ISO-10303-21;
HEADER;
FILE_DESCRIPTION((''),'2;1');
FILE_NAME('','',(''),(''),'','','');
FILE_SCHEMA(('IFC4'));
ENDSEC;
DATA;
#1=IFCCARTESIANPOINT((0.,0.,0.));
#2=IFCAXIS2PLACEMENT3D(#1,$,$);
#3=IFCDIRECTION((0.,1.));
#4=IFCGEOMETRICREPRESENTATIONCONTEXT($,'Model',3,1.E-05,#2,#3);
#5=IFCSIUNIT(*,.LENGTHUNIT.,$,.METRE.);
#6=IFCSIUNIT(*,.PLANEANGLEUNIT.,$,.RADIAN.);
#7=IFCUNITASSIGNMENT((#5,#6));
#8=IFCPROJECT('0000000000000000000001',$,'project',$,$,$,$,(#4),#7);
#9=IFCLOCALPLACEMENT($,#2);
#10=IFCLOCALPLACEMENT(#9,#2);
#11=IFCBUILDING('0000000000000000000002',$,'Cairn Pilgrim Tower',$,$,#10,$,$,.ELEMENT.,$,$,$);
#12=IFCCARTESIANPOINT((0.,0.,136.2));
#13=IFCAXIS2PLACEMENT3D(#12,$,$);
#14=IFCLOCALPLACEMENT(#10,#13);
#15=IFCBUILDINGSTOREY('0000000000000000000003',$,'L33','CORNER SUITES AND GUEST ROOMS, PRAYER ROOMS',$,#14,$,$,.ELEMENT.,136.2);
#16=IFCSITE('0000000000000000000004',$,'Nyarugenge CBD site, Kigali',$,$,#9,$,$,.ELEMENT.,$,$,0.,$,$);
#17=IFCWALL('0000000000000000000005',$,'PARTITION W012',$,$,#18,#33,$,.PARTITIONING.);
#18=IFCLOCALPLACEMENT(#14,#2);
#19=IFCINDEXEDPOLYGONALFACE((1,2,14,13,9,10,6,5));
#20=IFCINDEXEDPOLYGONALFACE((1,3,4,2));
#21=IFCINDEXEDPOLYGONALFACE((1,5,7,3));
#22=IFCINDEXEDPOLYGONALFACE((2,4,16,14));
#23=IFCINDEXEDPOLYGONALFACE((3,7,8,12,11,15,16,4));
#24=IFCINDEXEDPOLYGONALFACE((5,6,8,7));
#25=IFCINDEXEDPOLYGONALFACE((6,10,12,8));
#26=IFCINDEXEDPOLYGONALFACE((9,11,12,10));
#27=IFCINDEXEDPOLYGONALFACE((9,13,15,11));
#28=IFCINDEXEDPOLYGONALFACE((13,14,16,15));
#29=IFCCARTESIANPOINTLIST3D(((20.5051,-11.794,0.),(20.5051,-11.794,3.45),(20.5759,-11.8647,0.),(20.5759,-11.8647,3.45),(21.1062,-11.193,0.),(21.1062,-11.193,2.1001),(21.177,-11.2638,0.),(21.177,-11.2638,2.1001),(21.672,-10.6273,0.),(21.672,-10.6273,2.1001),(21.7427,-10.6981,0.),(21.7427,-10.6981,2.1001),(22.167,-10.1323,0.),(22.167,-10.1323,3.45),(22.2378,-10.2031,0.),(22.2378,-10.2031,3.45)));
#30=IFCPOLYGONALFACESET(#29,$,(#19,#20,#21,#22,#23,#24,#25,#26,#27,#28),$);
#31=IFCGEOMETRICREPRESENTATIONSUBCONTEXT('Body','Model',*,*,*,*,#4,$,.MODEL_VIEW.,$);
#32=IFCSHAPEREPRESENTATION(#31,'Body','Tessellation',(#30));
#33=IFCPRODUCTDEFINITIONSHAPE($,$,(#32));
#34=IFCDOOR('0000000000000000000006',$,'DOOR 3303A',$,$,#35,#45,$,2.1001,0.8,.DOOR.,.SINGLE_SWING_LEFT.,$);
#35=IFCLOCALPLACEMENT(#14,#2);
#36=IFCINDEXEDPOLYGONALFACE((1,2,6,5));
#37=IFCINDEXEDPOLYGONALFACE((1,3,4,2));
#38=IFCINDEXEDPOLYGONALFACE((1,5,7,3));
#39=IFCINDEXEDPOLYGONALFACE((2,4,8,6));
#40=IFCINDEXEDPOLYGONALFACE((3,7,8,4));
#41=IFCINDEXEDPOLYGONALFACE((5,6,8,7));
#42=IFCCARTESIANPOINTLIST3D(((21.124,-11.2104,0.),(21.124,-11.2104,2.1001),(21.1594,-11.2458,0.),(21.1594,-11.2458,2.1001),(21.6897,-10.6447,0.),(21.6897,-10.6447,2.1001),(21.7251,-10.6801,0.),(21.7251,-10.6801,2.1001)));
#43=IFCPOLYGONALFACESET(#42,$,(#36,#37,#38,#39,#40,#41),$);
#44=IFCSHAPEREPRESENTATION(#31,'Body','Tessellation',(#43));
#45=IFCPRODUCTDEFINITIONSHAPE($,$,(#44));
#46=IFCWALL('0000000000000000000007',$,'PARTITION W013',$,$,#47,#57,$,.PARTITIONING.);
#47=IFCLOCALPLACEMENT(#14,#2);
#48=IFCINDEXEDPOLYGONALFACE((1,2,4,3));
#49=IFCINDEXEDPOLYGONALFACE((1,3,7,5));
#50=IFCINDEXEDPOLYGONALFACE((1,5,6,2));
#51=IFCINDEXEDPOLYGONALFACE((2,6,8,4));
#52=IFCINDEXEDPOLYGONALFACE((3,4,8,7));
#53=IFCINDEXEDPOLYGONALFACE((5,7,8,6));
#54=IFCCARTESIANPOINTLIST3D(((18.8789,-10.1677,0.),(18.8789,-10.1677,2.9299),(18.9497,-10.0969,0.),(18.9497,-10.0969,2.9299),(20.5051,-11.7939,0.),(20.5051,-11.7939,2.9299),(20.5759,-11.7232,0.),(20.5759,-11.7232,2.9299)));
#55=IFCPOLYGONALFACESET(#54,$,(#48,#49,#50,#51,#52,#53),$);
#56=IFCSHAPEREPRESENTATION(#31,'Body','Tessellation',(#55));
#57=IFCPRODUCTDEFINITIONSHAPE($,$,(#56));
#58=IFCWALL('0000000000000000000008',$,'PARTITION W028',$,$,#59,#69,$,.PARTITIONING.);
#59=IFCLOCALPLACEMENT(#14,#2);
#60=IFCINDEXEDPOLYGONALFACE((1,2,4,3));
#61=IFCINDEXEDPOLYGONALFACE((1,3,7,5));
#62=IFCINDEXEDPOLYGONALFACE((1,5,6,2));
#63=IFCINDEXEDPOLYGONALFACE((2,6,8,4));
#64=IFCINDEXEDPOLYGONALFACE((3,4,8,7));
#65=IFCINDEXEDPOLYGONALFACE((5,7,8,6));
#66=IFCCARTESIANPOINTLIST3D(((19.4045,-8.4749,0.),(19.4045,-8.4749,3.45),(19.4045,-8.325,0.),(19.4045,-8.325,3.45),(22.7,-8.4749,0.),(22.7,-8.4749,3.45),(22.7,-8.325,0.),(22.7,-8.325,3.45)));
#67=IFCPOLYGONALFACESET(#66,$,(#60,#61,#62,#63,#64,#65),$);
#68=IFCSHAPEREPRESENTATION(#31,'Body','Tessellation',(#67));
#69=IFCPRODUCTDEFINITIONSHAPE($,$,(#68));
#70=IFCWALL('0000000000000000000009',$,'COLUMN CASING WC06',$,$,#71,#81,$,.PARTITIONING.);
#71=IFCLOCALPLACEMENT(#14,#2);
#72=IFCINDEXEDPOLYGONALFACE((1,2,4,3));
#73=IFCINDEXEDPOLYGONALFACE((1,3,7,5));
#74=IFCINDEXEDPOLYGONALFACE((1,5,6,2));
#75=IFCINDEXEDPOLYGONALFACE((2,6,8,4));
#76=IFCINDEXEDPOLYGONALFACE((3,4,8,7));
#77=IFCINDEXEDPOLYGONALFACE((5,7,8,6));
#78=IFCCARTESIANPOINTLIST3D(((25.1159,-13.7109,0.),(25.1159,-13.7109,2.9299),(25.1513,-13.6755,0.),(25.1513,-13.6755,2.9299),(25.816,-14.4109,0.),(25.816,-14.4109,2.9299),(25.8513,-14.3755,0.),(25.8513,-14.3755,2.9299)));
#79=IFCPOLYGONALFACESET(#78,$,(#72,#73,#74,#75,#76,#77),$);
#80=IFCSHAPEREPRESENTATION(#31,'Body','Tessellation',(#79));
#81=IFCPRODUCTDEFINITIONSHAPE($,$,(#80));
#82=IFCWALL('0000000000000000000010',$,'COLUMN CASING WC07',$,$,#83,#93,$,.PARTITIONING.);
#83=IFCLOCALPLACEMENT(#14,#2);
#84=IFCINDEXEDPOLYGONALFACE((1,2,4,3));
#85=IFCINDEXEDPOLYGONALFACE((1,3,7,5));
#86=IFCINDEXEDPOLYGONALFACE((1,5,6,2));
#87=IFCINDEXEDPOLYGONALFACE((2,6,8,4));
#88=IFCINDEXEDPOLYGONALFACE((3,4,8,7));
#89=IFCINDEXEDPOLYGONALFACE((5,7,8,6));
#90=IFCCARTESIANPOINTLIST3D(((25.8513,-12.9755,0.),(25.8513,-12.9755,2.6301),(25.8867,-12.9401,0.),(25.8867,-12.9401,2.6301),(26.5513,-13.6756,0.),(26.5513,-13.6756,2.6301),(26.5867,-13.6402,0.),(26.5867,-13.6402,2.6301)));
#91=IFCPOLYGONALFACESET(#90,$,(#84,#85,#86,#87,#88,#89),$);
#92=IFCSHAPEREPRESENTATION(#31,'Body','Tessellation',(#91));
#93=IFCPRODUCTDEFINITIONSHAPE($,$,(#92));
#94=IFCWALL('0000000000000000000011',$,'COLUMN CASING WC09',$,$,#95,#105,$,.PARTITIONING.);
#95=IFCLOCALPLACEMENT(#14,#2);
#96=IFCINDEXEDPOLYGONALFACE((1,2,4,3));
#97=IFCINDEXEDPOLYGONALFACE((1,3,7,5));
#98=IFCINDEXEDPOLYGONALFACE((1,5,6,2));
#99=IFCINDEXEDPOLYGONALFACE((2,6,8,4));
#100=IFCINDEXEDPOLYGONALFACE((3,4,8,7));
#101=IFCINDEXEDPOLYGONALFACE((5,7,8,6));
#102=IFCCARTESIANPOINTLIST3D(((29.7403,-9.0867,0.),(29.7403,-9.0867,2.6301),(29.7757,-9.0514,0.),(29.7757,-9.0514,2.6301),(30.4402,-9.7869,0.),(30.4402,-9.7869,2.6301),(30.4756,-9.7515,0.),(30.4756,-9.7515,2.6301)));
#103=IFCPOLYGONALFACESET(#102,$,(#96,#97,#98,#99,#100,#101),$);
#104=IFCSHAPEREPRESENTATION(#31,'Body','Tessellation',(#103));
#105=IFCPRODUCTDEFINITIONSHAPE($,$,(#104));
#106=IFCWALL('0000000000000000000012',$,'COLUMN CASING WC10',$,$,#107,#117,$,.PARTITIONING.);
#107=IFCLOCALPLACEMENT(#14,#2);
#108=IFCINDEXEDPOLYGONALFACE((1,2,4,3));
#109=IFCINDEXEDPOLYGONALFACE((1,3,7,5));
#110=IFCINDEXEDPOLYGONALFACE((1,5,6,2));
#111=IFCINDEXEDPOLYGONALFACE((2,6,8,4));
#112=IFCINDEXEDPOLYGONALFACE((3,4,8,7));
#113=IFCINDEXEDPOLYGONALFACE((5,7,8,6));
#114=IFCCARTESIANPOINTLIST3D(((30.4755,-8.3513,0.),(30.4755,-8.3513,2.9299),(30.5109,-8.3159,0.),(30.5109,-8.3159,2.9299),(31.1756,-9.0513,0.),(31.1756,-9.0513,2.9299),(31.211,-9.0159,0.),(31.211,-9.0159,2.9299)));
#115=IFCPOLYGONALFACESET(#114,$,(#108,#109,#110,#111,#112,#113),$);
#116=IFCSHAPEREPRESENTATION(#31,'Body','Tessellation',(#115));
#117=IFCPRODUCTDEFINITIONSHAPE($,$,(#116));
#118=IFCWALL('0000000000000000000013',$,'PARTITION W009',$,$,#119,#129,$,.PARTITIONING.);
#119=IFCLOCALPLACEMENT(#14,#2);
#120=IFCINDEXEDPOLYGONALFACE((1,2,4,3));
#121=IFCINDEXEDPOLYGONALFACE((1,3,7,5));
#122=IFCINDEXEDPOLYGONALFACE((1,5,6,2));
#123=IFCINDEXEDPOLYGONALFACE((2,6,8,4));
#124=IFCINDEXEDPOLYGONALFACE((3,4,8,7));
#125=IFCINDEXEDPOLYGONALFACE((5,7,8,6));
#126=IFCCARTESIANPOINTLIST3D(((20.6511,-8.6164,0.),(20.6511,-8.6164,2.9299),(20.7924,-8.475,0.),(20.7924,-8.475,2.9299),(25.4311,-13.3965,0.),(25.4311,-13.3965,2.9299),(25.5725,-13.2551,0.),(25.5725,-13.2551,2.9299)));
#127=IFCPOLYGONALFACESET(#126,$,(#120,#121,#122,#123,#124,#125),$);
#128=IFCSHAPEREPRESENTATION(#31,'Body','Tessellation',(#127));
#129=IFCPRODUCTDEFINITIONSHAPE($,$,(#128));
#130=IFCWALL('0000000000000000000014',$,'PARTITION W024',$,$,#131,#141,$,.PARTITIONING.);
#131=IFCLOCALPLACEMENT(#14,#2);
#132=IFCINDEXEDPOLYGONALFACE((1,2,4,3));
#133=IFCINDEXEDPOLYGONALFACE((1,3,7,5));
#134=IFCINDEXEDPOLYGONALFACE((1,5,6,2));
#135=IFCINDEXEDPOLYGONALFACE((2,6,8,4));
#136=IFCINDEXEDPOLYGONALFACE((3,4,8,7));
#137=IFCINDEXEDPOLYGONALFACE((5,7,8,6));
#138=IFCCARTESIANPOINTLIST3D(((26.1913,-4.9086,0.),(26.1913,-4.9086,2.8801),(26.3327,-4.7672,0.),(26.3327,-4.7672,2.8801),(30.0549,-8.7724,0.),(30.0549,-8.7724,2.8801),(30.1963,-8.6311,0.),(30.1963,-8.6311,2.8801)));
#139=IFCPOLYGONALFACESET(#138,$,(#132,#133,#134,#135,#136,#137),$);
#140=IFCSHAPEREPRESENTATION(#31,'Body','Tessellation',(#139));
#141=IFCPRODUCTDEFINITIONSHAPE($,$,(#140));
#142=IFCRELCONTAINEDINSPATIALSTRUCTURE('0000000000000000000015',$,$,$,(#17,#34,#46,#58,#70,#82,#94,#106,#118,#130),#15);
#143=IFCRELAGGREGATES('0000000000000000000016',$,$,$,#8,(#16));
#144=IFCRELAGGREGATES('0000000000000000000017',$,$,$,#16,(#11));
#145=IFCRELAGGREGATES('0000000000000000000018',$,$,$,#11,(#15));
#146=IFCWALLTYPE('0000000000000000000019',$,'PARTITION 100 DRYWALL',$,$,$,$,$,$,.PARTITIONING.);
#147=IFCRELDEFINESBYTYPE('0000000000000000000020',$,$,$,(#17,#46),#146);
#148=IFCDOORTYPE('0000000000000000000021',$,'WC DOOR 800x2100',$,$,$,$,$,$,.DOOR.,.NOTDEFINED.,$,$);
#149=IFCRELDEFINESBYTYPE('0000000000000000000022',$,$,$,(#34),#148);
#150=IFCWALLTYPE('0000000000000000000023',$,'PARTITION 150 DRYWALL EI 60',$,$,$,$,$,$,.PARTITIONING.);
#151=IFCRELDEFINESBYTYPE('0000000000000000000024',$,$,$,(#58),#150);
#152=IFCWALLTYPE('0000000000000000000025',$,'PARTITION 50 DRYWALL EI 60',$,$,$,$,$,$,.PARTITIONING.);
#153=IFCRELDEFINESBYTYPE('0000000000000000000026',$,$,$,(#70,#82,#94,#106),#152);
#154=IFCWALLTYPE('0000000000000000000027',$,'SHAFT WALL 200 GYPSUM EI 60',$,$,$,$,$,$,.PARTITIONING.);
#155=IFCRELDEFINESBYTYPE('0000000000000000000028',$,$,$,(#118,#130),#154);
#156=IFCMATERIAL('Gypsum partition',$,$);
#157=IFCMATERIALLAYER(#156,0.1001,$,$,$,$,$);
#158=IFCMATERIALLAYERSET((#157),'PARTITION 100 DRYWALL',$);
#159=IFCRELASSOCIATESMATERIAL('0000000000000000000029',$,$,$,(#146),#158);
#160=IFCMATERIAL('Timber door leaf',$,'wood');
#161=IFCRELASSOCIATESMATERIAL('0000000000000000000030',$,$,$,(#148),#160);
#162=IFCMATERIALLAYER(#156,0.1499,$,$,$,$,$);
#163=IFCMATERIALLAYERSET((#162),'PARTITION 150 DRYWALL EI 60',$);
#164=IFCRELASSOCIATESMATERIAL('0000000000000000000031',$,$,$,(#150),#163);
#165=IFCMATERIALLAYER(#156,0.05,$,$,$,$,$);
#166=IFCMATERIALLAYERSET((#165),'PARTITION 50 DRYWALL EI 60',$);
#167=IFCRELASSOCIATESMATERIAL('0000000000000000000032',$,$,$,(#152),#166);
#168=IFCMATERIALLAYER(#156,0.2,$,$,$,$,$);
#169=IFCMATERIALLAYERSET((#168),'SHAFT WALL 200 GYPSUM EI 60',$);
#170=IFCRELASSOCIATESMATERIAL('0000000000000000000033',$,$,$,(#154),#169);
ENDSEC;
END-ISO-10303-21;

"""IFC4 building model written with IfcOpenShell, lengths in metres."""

from ifc_helpers import new_model, si_unit, direction, frame, frame_2d, origin, place, context, subcontext, project, spatial, rectangle, extrude, material, layer, layer_set, type_object, element, fill, save


model = new_model("IFC4")

# Units and contexts
model_context = context("Model", 3, precision=1e-05, world=origin(), true_north=direction((0.0, 1.0)))
body_context = subcontext(model_context, "Body", "Model", "MODEL_VIEW")
ifc_project = project(units=[si_unit("LENGTHUNIT", "METRE"), si_unit("PLANEANGLEUNIT", "RADIAN")], contexts=[model_context])

# Site, building, storey
site_placement = place(None, origin())
site = spatial("IfcSite", under=ifc_project, at=site_placement, Name="Nyarugenge CBD site, Kigali", CompositionType="ELEMENT", RefElevation=0.0)
building_placement = place(site_placement, origin())
building = spatial("IfcBuilding", under=site, at=building_placement, Name="Cairn Pilgrim Tower", CompositionType="ELEMENT")
storey_placement = place(building_placement, frame((0.0, 0.0, 136.2)))
storey = spatial("IfcBuildingStorey", under=building, at=storey_placement, Name="L33", Description="CORNER SUITES AND GUEST ROOMS, PRAYER ROOMS", CompositionType="ELEMENT", Elevation=136.2)

# Wall, opening, door
ifc_material_1 = material(Name="Gypsum partition")
ifc_layer_1 = layer(ifc_material_1, 0.1001)
ifc_layer_set_1 = layer_set([ifc_layer_1], Name="PARTITION 100 DRYWALL")
wall_type_1 = type_object("IfcWallType", Name="PARTITION 100 DRYWALL", PredefinedType="PARTITIONING", material=ifc_layer_set_1)
wall_1_placement = place(storey_placement, frame((20.5405, -11.8293, 0.0), z_axis=(0.0, 0.0, 1.0), x_axis=(0.707159, 0.707055, 0.0)))
wall_1 = element("IfcWall", 1, at=wall_1_placement, inside=storey, type_object=wall_type_1, Name="PARTITION W012", PredefinedType="PARTITIONING", context=body_context, shape_type="SweptSolid", body=[
    extrude(rectangle(XDim=2.3501, YDim=0.1001, at=frame_2d((1.175, 0.0))), origin(), (0.0, 0.0, 1.0), 3.45),
])
opening_1_placement = place(wall_1_placement, frame((0.8501, 0.0, 0.0)))
opening_1 = element("IfcOpeningElement", 2, at=opening_1_placement, cuts=wall_1, PredefinedType="OPENING", context=body_context, shape_type="SweptSolid", body=[
    extrude(rectangle(XDim=0.8, YDim=2.1001, at=frame_2d((0.3999, 1.05))), frame((0.0, 0.0601, 0.0), z_axis=(0.0, -1.0, 0.0), x_axis=(1.0, 0.0, 0.0)), (0.0, 0.0, 1.0), 0.1201),
])
ifc_material_2 = material(Name="Timber door leaf", Category="wood")
door_type_1 = type_object("IfcDoorType", Name="WC DOOR 800x2100", OperationType="NOTDEFINED", PredefinedType="DOOR", material=ifc_material_2)
door_1_placement = place(opening_1_placement, frame((0.8, 0.0, 0.0), z_axis=(0.0, 0.0, 1.0), x_axis=(-1.0, 0.0, 0.0)))
door_1 = element("IfcDoor", 3, at=door_1_placement, inside=storey, type_object=door_type_1, Name="DOOR 3303A", OperationType="SINGLE_SWING_LEFT", OverallHeight=2.1001, OverallWidth=0.8, PredefinedType="DOOR", context=body_context, shape_type="SweptSolid", body=[
    extrude(rectangle(XDim=0.8, YDim=2.1001, at=frame_2d((0.3999, 1.05))), frame((0.0, 0.0249, 0.0), z_axis=(0.0, -1.0, 0.0), x_axis=(1.0, 0.0, 0.0)), (0.0, 0.0, 1.0), 0.05),
])
fill(opening_1, door_1)

# Walls
wall_2_placement = place(storey_placement, frame((20.5405, -11.7585, 0.0), z_axis=(0.0, 0.0, 1.0), x_axis=(-0.707107, 0.707107, 0.0)))
element("IfcWall", 4, at=wall_2_placement, inside=storey, type_object=wall_type_1, Name="PARTITION W013", PredefinedType="PARTITIONING", context=body_context, shape_type="SweptSolid", body=[
    extrude(rectangle(XDim=2.2998, YDim=0.1001, at=frame_2d((1.1499, 0.0))), origin(), (0.0, 0.0, 1.0), 2.9299),
])
ifc_layer_2 = layer(ifc_material_1, 0.1499)
ifc_layer_set_2 = layer_set([ifc_layer_2], Name="PARTITION 150 DRYWALL EI 60")
wall_type_2 = type_object("IfcWallType", Name="PARTITION 150 DRYWALL EI 60", PredefinedType="PARTITIONING", material=ifc_layer_set_2)
wall_3_placement = place(storey_placement, frame((19.4045, -8.3999, 0.0), z_axis=(0.0, 0.0, 1.0), x_axis=(1.0, 0.0, 0.0)))
element("IfcWall", 5, at=wall_3_placement, inside=storey, type_object=wall_type_2, Name="PARTITION W028", PredefinedType="PARTITIONING", context=body_context, shape_type="SweptSolid", body=[
    extrude(rectangle(XDim=3.2954, YDim=0.1499, at=frame_2d((1.6477, 0.0))), origin(), (0.0, 0.0, 1.0), 3.45),
])
ifc_layer_3 = layer(ifc_material_1, 0.05)
ifc_layer_set_3 = layer_set([ifc_layer_3], Name="PARTITION 50 DRYWALL EI 60")
wall_type_3 = type_object("IfcWallType", Name="PARTITION 50 DRYWALL EI 60", PredefinedType="PARTITIONING", material=ifc_layer_set_3)
wall_4_placement = place(storey_placement, frame((25.8337, -14.3933, 0.0), z_axis=(0.0, 0.0, 1.0), x_axis=(-0.707107, 0.707107, 0.0)))
element("IfcWall", 6, at=wall_4_placement, inside=storey, type_object=wall_type_3, Name="COLUMN CASING WC06", PredefinedType="PARTITIONING", context=body_context, shape_type="SweptSolid", body=[
    extrude(rectangle(XDim=0.99, YDim=0.05, at=frame_2d((0.4951, 0.0))), origin(), (0.0, 0.0, 1.0), 2.9299),
])
for number, where, z_axis, x_axis, name in (
    (7, (26.5691, -13.658, 0.0), (0.0, 0.0, 1.0), (-0.707107, 0.707107, 0.0), "COLUMN CASING WC07"),
    (8, (30.458, -9.7693, 0.0), (0.0, 0.0, 1.0), (-0.706983, 0.70723, 0.0), "COLUMN CASING WC09"),
):
    element("IfcWall", number, at=place(storey_placement, frame(where, z_axis=z_axis, x_axis=x_axis)), inside=storey, type_object=wall_type_3, Name=name, PredefinedType="PARTITIONING", context=body_context, shape_type="SweptSolid", body=[
        extrude(rectangle(XDim=0.99, YDim=0.05, at=frame_2d((0.4951, 0.0))), origin(), (0.0, 0.0, 1.0), 2.6301),
    ])
wall_5_placement = place(storey_placement, frame((31.1934, -9.0337, 0.0), z_axis=(0.0, 0.0, 1.0), x_axis=(-0.707107, 0.707107, 0.0)))
element("IfcWall", 9, at=wall_5_placement, inside=storey, type_object=wall_type_3, Name="COLUMN CASING WC10", PredefinedType="PARTITIONING", context=body_context, shape_type="SweptSolid", body=[
    extrude(rectangle(XDim=0.99, YDim=0.05, at=frame_2d((0.4951, 0.0))), origin(), (0.0, 0.0, 1.0), 2.9299),
])
ifc_layer_4 = layer(ifc_material_1, 0.2)
ifc_layer_set_4 = layer_set([ifc_layer_4], Name="SHAFT WALL 200 GYPSUM EI 60")
wall_type_4 = type_object("IfcWallType", Name="SHAFT WALL 200 GYPSUM EI 60", PredefinedType="PARTITIONING", material=ifc_layer_set_4)
wall_6_placement = place(storey_placement, frame((25.5017, -13.3257, 0.0), z_axis=(0.0, 0.0, 1.0), x_axis=(-0.707107, 0.707107, 0.0)))
element("IfcWall", 10, at=wall_6_placement, inside=storey, type_object=wall_type_4, Name="PARTITION W009", PredefinedType="PARTITIONING", context=body_context, shape_type="SweptSolid", body=[
    extrude(rectangle(XDim=6.76, YDim=0.2, at=frame_2d((3.3799, 0.0))), origin(), (0.0, 0.0, 1.0), 2.9299),
])
wall_7_placement = place(storey_placement, frame((30.1255, -8.7017, 0.0), z_axis=(0.0, 0.0, 1.0), x_axis=(-0.707084, 0.707129, 0.0)))
element("IfcWall", 11, at=wall_7_placement, inside=storey, type_object=wall_type_4, Name="PARTITION W024", PredefinedType="PARTITIONING", context=body_context, shape_type="SweptSolid", body=[
    extrude(rectangle(XDim=5.4641, YDim=0.2, at=frame_2d((2.7319, 0.0))), origin(), (0.0, 0.0, 1.0), 2.8801),
])

save(model, "model.ifc")
